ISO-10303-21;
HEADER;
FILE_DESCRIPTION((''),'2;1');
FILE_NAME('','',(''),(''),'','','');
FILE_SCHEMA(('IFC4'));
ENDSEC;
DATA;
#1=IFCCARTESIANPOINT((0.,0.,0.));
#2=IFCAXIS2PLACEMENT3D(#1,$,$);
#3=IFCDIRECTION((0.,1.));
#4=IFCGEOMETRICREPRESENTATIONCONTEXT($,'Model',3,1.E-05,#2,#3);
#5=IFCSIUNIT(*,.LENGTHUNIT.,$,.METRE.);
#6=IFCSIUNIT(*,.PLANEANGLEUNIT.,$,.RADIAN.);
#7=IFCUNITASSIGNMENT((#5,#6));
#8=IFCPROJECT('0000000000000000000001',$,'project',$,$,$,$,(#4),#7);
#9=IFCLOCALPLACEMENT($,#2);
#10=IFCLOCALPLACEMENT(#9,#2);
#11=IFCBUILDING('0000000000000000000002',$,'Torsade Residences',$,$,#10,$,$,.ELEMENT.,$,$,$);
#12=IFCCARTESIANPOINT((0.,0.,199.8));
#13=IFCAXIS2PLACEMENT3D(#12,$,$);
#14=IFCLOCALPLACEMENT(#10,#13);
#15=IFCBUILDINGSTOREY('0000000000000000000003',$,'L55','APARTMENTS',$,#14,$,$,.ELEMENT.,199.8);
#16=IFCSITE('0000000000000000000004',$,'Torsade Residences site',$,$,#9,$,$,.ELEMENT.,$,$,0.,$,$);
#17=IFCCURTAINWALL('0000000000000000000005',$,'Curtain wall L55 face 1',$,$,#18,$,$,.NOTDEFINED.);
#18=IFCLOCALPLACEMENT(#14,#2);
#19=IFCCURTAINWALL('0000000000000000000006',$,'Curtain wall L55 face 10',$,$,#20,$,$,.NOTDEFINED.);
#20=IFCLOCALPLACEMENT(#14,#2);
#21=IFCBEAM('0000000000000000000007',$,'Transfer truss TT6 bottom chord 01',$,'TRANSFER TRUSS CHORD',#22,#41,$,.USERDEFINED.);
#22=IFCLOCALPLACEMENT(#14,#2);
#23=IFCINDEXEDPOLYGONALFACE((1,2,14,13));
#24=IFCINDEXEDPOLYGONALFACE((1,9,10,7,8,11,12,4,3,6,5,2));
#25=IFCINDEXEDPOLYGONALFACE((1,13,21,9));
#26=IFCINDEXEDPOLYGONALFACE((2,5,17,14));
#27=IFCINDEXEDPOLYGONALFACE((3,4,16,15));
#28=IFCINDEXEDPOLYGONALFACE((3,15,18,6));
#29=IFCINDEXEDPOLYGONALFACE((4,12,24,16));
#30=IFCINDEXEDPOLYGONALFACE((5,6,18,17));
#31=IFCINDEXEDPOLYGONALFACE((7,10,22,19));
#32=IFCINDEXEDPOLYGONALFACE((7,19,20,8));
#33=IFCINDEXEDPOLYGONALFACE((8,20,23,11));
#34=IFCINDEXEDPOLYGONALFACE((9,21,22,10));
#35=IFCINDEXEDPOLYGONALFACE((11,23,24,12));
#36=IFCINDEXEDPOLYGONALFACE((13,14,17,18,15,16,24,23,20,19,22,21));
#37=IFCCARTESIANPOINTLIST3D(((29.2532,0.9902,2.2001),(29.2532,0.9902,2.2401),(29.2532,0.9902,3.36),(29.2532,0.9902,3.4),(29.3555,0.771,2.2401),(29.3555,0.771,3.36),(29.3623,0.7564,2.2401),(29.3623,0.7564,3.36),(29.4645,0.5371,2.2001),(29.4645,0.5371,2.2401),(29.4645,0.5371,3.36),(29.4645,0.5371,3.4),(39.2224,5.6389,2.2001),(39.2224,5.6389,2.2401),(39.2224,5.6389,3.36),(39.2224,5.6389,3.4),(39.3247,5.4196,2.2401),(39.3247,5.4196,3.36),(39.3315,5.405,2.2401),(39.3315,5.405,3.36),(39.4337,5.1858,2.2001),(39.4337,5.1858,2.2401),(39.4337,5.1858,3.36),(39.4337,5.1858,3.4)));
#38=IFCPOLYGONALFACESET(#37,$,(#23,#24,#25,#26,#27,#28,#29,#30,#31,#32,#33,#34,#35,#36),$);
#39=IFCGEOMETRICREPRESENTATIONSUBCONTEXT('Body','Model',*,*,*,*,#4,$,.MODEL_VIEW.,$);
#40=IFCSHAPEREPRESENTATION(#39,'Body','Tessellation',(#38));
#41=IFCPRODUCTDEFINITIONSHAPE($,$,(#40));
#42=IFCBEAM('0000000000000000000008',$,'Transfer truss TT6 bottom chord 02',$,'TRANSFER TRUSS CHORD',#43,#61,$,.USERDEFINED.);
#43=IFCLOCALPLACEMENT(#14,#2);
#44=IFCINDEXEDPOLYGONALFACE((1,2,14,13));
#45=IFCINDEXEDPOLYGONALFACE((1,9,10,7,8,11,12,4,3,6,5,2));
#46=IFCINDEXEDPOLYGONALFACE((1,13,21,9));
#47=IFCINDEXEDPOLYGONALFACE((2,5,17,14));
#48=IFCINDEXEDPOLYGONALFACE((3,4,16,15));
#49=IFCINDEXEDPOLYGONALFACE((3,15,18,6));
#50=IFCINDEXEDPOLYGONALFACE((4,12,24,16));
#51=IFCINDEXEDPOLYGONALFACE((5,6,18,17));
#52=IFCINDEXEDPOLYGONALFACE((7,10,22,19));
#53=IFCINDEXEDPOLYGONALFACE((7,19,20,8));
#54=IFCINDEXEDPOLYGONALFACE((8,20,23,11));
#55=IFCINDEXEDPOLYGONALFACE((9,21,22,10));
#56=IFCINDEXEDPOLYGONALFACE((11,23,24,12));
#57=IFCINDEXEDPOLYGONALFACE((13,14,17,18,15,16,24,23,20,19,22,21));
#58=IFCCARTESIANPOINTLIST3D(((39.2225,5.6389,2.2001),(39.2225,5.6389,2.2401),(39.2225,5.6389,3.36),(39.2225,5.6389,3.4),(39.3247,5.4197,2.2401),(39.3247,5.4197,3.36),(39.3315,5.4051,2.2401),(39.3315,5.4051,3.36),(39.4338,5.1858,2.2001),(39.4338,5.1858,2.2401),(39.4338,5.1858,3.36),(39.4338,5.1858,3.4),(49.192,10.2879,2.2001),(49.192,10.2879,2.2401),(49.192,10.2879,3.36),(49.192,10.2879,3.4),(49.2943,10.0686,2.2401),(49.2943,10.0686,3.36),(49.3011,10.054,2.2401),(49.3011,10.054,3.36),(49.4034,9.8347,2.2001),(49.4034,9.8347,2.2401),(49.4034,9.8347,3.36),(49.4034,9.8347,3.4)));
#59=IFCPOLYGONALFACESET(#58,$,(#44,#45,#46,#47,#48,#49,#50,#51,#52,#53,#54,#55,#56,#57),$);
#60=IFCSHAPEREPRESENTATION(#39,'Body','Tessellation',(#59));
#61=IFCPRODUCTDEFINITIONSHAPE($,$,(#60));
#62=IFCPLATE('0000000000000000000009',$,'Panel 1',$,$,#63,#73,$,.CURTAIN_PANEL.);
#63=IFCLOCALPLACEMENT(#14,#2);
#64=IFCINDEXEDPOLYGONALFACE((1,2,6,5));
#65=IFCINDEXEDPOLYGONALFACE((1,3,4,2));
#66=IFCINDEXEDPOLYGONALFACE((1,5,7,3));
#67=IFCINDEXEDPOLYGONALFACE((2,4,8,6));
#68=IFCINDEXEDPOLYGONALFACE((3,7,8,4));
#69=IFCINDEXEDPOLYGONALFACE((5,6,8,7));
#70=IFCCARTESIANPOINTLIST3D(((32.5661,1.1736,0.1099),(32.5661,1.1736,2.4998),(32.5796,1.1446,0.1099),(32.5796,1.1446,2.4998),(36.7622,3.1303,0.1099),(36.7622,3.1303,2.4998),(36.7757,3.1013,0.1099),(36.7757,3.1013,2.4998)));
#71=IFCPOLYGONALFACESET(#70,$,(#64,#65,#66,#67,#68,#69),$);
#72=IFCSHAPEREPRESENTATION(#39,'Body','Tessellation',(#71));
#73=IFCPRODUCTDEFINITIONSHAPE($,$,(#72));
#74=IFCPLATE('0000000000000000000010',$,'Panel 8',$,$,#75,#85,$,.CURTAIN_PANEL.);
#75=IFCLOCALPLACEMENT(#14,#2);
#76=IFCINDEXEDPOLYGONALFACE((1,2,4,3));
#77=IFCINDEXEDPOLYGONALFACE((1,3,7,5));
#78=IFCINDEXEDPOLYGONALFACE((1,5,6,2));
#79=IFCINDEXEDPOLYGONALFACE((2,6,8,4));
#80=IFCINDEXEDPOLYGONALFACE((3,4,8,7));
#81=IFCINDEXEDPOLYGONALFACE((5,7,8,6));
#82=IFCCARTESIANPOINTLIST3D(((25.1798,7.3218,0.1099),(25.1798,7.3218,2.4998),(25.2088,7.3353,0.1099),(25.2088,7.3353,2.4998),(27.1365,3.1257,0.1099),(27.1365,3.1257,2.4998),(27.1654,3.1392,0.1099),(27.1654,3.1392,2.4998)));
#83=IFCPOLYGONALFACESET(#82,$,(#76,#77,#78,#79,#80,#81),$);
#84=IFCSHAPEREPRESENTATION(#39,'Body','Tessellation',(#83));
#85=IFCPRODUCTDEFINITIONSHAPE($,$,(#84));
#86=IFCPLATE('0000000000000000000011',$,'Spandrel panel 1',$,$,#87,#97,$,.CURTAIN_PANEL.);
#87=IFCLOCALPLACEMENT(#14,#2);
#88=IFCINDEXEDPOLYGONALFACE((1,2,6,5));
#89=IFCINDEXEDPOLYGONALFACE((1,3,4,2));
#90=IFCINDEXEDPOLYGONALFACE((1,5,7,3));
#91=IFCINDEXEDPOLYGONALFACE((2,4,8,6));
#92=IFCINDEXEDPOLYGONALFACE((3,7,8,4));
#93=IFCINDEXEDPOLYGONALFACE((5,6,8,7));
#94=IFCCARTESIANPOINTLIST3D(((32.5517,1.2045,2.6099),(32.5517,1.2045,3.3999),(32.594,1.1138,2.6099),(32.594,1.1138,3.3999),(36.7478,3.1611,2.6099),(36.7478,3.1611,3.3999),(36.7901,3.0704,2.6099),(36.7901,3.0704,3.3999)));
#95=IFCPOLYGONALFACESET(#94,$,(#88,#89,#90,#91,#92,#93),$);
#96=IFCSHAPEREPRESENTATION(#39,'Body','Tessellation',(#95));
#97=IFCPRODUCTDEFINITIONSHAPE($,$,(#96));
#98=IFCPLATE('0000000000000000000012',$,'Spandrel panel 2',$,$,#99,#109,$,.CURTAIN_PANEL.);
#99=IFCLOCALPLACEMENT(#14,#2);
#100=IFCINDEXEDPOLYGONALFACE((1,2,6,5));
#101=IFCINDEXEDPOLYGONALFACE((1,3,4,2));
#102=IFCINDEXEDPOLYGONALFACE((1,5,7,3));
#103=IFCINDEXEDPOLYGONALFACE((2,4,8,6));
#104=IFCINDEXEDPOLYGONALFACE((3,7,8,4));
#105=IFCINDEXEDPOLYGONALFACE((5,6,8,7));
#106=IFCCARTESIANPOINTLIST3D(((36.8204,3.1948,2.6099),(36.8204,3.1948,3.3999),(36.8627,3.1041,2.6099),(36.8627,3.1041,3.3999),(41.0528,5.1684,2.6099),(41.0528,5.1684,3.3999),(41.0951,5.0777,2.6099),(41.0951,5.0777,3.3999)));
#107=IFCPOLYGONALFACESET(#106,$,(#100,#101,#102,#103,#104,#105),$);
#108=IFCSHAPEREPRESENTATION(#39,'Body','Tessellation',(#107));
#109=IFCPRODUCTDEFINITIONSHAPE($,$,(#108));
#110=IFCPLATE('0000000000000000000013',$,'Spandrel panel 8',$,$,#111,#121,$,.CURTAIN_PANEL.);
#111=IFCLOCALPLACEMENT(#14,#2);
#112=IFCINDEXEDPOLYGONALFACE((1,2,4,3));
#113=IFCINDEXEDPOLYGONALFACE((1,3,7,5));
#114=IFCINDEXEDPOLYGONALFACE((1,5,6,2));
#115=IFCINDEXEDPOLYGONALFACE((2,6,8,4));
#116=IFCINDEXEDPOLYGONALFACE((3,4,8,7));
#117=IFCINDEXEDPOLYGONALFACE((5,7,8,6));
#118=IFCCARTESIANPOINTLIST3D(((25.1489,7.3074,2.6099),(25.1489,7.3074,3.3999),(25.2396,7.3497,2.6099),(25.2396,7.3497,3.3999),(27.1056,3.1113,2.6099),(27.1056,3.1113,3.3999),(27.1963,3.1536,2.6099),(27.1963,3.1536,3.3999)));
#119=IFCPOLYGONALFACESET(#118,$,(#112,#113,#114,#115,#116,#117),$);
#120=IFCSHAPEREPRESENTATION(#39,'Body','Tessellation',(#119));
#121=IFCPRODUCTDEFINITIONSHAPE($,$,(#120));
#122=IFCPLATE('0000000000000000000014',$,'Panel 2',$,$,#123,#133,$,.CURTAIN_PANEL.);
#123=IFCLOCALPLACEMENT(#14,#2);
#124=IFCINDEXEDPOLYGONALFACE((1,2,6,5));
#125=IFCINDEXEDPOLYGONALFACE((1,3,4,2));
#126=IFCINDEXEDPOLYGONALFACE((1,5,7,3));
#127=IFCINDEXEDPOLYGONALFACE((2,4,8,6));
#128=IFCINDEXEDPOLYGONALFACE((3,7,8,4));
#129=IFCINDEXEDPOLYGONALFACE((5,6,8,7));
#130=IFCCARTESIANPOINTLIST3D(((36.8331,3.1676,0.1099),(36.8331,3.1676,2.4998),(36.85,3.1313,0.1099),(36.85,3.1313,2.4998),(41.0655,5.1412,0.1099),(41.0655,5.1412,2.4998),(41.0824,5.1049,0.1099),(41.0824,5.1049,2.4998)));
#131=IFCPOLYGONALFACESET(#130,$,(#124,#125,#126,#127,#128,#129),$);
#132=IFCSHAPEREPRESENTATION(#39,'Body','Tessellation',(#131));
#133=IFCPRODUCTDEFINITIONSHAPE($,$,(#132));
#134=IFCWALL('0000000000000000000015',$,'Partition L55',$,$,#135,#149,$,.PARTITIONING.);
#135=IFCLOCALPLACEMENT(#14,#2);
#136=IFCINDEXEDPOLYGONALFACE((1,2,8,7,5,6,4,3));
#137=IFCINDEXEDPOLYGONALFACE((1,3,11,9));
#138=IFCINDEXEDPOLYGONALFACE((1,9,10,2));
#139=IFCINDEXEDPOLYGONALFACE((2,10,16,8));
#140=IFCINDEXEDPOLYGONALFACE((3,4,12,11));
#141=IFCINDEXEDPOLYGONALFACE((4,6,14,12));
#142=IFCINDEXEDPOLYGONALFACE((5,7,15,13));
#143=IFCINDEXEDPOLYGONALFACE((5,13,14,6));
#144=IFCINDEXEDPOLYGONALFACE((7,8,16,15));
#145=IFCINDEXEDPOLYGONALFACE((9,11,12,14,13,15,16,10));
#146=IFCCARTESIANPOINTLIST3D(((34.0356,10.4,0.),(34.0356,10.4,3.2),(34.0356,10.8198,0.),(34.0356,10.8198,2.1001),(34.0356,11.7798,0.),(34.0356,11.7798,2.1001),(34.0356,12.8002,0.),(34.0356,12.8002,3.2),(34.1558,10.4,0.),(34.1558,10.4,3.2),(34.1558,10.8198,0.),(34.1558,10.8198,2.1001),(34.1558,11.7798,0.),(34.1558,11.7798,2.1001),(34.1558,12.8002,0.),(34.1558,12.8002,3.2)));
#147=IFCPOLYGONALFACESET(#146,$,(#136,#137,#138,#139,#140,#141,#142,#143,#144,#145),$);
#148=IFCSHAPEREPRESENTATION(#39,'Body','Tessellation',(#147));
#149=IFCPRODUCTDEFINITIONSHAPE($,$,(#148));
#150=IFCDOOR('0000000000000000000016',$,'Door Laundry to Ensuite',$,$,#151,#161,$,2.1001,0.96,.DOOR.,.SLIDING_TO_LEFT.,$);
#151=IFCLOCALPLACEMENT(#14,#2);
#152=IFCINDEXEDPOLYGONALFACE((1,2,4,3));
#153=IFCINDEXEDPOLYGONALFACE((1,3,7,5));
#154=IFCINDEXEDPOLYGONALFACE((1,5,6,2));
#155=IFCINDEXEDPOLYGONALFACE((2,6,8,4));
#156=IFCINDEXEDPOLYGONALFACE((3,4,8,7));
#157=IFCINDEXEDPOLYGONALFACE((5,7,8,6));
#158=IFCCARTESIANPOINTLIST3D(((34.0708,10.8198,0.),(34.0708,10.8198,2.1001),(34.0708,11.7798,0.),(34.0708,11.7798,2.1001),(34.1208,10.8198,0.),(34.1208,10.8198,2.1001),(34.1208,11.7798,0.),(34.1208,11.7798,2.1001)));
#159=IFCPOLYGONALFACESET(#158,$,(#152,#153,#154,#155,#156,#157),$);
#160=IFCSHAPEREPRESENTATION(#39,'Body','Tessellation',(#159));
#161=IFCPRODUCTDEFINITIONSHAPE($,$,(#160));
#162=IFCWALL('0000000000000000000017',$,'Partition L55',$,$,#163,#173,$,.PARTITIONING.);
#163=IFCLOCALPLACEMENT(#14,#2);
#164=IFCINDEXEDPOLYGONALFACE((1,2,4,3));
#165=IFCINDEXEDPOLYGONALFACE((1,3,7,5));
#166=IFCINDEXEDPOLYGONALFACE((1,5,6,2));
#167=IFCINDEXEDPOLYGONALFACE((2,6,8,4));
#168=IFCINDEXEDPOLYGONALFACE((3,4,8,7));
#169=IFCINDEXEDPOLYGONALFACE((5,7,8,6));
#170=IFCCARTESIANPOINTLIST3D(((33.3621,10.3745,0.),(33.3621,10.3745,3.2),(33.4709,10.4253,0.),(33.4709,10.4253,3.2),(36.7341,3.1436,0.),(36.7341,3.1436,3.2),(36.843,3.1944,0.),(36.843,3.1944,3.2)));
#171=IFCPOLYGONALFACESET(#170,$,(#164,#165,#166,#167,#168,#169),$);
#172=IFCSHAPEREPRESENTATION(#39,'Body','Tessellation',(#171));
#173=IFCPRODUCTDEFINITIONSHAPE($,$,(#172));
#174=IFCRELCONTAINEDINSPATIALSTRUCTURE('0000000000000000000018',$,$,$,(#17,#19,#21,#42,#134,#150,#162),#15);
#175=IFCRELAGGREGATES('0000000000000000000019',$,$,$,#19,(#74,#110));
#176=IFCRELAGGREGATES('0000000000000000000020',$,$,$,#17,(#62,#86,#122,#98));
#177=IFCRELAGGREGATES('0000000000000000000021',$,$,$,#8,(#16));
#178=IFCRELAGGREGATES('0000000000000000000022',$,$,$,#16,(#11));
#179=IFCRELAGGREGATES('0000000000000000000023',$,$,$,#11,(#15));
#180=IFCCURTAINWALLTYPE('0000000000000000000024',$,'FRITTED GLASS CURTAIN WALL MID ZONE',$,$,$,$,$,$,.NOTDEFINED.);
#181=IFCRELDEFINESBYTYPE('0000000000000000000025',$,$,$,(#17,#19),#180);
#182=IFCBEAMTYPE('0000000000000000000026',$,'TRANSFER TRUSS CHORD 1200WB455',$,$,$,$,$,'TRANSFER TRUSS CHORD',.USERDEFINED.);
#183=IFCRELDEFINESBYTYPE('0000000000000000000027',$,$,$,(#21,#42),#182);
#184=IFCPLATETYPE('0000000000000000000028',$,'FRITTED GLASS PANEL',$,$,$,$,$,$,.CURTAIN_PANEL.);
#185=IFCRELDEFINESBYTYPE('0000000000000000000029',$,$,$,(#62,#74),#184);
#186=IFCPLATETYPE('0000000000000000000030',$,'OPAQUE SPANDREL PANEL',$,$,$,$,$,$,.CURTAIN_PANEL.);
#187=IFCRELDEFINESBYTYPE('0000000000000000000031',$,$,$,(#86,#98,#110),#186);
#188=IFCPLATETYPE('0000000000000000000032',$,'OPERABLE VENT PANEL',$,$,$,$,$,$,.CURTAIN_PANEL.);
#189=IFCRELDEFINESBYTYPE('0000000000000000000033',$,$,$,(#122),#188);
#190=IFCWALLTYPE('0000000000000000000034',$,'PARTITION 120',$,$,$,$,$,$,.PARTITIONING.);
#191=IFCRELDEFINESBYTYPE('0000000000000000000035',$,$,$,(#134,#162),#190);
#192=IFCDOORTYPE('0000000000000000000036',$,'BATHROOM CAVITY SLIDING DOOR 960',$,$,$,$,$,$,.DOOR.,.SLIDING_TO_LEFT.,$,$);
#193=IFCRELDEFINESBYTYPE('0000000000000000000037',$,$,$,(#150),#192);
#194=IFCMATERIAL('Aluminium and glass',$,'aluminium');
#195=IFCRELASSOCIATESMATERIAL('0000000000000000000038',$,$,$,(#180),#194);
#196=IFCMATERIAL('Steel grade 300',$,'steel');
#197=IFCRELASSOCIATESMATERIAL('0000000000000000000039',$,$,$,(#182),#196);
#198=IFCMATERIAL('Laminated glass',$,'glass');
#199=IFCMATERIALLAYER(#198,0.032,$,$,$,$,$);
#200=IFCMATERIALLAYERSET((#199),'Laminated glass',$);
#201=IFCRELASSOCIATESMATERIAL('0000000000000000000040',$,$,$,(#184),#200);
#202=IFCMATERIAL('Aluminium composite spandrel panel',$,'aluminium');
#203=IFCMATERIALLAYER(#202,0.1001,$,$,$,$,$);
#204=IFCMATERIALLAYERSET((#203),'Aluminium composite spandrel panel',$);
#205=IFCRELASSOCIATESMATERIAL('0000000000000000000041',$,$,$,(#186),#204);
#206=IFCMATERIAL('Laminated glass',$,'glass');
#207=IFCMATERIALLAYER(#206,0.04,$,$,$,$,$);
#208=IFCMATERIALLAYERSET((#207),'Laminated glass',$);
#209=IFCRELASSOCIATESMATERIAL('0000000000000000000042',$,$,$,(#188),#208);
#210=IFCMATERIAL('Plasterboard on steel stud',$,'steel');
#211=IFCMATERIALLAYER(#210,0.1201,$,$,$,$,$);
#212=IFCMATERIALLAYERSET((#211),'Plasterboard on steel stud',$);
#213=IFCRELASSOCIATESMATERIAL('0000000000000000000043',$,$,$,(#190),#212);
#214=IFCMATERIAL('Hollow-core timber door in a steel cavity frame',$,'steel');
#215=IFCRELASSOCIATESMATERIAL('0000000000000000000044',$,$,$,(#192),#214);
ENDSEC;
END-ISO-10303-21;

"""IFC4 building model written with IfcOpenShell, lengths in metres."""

from ifc_helpers import new_model, si_unit, direction, frame, frame_2d, origin, origin_2d, place, context, subcontext, project, spatial, rectangle, i_section, extrude, material, layer, layer_set, material_profile, profile_set, type_object, element, fill, aggregate, save


model = new_model("IFC4")

# Units and contexts
model_context = context("Model", 3, precision=1e-05, world=origin(), true_north=direction((0.0, 1.0)))
body_context = subcontext(model_context, "Body", "Model", "MODEL_VIEW")
ifc_project = project(units=[si_unit("LENGTHUNIT", "METRE"), si_unit("PLANEANGLEUNIT", "RADIAN")], contexts=[model_context])

# Site, building, storey
site_placement = place(None, origin())
site = spatial("IfcSite", under=ifc_project, at=site_placement, Name="Torsade Residences site", CompositionType="ELEMENT", RefElevation=0.0)
building_placement = place(site_placement, origin())
building = spatial("IfcBuilding", under=site, at=building_placement, Name="Torsade Residences", CompositionType="ELEMENT")
storey_placement = place(building_placement, frame((0.0, 0.0, 199.8)))
storey = spatial("IfcBuildingStorey", under=building, at=storey_placement, Name="L55", Description="APARTMENTS", CompositionType="ELEMENT", Elevation=199.8)

# Curtain wall
ifc_material_1 = material(Name="Aluminium and glass", Category="aluminium")
curtain_wall_type = type_object("IfcCurtainWallType", Name="FRITTED GLASS CURTAIN WALL MID ZONE", PredefinedType="NOTDEFINED", material=ifc_material_1)
curtain_wall_1_placement = place(storey_placement, origin())
curtain_wall_1 = element("IfcCurtainWall", 1, at=curtain_wall_1_placement, inside=storey, type_object=curtain_wall_type, Name="Curtain wall L55 face 1", PredefinedType="NOTDEFINED")

# Curtain wall
curtain_wall_2_placement = place(storey_placement, origin())
curtain_wall_2 = element("IfcCurtainWall", 2, at=curtain_wall_2_placement, inside=storey, type_object=curtain_wall_type, Name="Curtain wall L55 face 10", PredefinedType="NOTDEFINED")

# Beams
ifc_material_2 = material(Name="Steel grade 300", Category="steel")
ifc_material_profile_1 = material_profile(ifc_material_2, i_section(OverallWidth=0.5, OverallDepth=1.2, WebThickness=0.0161, FlangeThickness=0.04, at=origin_2d()), Name="1200WB455")
ifc_profile_set_1 = profile_set([ifc_material_profile_1], Name="Steel grade 300")
beam_type_1 = type_object("IfcBeamType", Name="TRANSFER TRUSS CHORD 1200WB455", ElementType="TRANSFER TRUSS CHORD", PredefinedType="USERDEFINED", material=ifc_profile_set_1)
beam_1_placement = place(storey_placement, frame((29.3589, 0.7637, 2.8), z_axis=(0.90631, 0.422614, 0.0), x_axis=(-0.422614, 0.90631, 0.0)))
element("IfcBeam", 3, at=beam_1_placement, inside=storey, type_object=beam_type_1, Name="Transfer truss TT6 bottom chord 01", ObjectType="TRANSFER TRUSS CHORD", PredefinedType="USERDEFINED", context=body_context, shape_type="SweptSolid", body=[
    extrude(i_section(OverallWidth=0.5, OverallDepth=1.2, WebThickness=0.0161, FlangeThickness=0.04, at=origin_2d()), origin(), (0.0, 0.0, 1.0), 10.9998),
])
beam_2_placement = place(storey_placement, frame((39.3281, 5.4124, 2.8), z_axis=(0.906305, 0.422624, 0.0), x_axis=(-0.422624, 0.906305, 0.0)))
element("IfcBeam", 4, at=beam_2_placement, inside=storey, type_object=beam_type_1, Name="Transfer truss TT6 bottom chord 02", ObjectType="TRANSFER TRUSS CHORD", PredefinedType="USERDEFINED", context=body_context, shape_type="SweptSolid", body=[
    extrude(i_section(OverallWidth=0.5, OverallDepth=1.2, WebThickness=0.0161, FlangeThickness=0.04, at=origin_2d()), origin(), (0.0, 0.0, 1.0), 11.0002),
])

# Plates
ifc_material_3 = material(Name="Laminated glass", Category="glass")
ifc_layer_1 = layer(ifc_material_3, 0.032)
ifc_layer_set_1 = layer_set([ifc_layer_1], Name="Laminated glass")
plate_type_1 = type_object("IfcPlateType", Name="FRITTED GLASS PANEL", PredefinedType="CURTAIN_PANEL", material=ifc_layer_set_1)
plate_1_placement = place(storey_placement, frame((34.6709, 2.1375, 0.1099), z_axis=(0.0, 0.0, 1.0), x_axis=(0.906308, 0.422618, 0.0)))
plate_1 = element("IfcPlate", 5, at=plate_1_placement, type_object=plate_type_1, Name="Panel 1", PredefinedType="CURTAIN_PANEL", context=body_context, shape_type="SweptSolid", body=[
    extrude(rectangle(XDim=4.6299, YDim=0.032, at=origin_2d()), origin(), (0.0, 0.0, 1.0), 2.3899),
])
plate_2_placement = place(storey_placement, frame((26.1726, 5.2305, 0.1099), z_axis=(0.0, 0.0, 1.0), x_axis=(0.422618, -0.906308, 0.0)))
plate_2 = element("IfcPlate", 6, at=plate_2_placement, type_object=plate_type_1, Name="Panel 8", PredefinedType="CURTAIN_PANEL", context=body_context, shape_type="SweptSolid", body=[
    extrude(rectangle(XDim=4.6299, YDim=0.032, at=origin_2d()), origin(), (0.0, 0.0, 1.0), 2.3899),
])
ifc_material_4 = material(Name="Aluminium composite spandrel panel", Category="aluminium")
ifc_layer_2 = layer(ifc_material_4, 0.1001)
ifc_layer_set_2 = layer_set([ifc_layer_2], Name="Aluminium composite spandrel panel")
plate_type_2 = type_object("IfcPlateType", Name="OPAQUE SPANDREL PANEL", PredefinedType="CURTAIN_PANEL", material=ifc_layer_set_2)
plate_3_placement = place(storey_placement, frame((34.6709, 2.1375, 2.6099), z_axis=(0.0, 0.0, 1.0), x_axis=(0.906308, 0.422618, 0.0)))
plate_3 = element("IfcPlate", 7, at=plate_3_placement, type_object=plate_type_2, Name="Spandrel panel 1", PredefinedType="CURTAIN_PANEL", context=body_context, shape_type="SweptSolid", body=[
    extrude(rectangle(XDim=4.6299, YDim=0.1001, at=origin_2d()), origin(), (0.0, 0.0, 1.0), 0.79),
])
plate_4_placement = place(storey_placement, frame((38.9578, 4.1362, 2.6099), z_axis=(0.0, 0.0, 1.0), x_axis=(0.906308, 0.422618, 0.0)))
plate_4 = element("IfcPlate", 8, at=plate_4_placement, type_object=plate_type_2, Name="Spandrel panel 2", PredefinedType="CURTAIN_PANEL", context=body_context, shape_type="SweptSolid", body=[
    extrude(rectangle(XDim=4.6699, YDim=0.1001, at=origin_2d()), origin(), (0.0, 0.0, 1.0), 0.79),
])
plate_5_placement = place(storey_placement, frame((26.1726, 5.2305, 2.6099), z_axis=(0.0, 0.0, 1.0), x_axis=(0.422618, -0.906308, 0.0)))
plate_5 = element("IfcPlate", 9, at=plate_5_placement, type_object=plate_type_2, Name="Spandrel panel 8", PredefinedType="CURTAIN_PANEL", context=body_context, shape_type="SweptSolid", body=[
    extrude(rectangle(XDim=4.6299, YDim=0.1001, at=origin_2d()), origin(), (0.0, 0.0, 1.0), 0.79),
])
aggregate(curtain_wall_2, [plate_2, plate_5])
ifc_material_5 = material(Name="Laminated glass", Category="glass")
ifc_layer_3 = layer(ifc_material_5, 0.04)
ifc_layer_set_3 = layer_set([ifc_layer_3], Name="Laminated glass")
plate_type_3 = type_object("IfcPlateType", Name="OPERABLE VENT PANEL", PredefinedType="CURTAIN_PANEL", material=ifc_layer_set_3)
plate_6_placement = place(storey_placement, frame((38.9578, 4.1362, 0.1099), z_axis=(0.0, 0.0, 1.0), x_axis=(0.906308, 0.422618, 0.0)))
plate_6 = element("IfcPlate", 10, at=plate_6_placement, type_object=plate_type_3, Name="Panel 2", PredefinedType="CURTAIN_PANEL", context=body_context, shape_type="SweptSolid", body=[
    extrude(rectangle(XDim=4.6699, YDim=0.04, at=origin_2d()), origin(), (0.0, 0.0, 1.0), 2.3899),
])
aggregate(curtain_wall_1, [plate_1, plate_3, plate_6, plate_4])

# Wall, opening, door
ifc_material_6 = material(Name="Plasterboard on steel stud", Category="steel")
ifc_layer_4 = layer(ifc_material_6, 0.1201)
ifc_layer_set_4 = layer_set([ifc_layer_4], Name="Plasterboard on steel stud")
wall_type_1 = type_object("IfcWallType", Name="PARTITION 120", PredefinedType="PARTITIONING", material=ifc_layer_set_4)
wall_1_placement = place(storey_placement, frame((34.0957, 10.3999, 0.0), z_axis=(0.0, 0.0, 1.0), x_axis=(0.0, 1.0, 0.0)))
wall_1 = element("IfcWall", 11, at=wall_1_placement, inside=storey, type_object=wall_type_1, Name="Partition L55", PredefinedType="PARTITIONING", context=body_context, shape_type="SweptSolid", body=[
    extrude(rectangle(XDim=2.4001, YDim=0.1201, at=frame_2d((1.2002, 0.0))), origin(), (0.0, 0.0, 1.0), 3.2),
])
opening_1_placement = place(wall_1_placement, frame((0.4199, 0.0, 0.0)))
opening_1 = element("IfcOpeningElement", 12, at=opening_1_placement, cuts=wall_1, PredefinedType="OPENING", context=body_context, shape_type="SweptSolid", body=[
    extrude(rectangle(XDim=0.96, YDim=2.1001, at=frame_2d((0.48, 1.05))), frame((0.0, 0.0701, 0.0), z_axis=(0.0, -1.0, 0.0), x_axis=(1.0, 0.0, 0.0)), (0.0, 0.0, 1.0), 0.1401),
])
ifc_material_7 = material(Name="Hollow-core timber door in a steel cavity frame", Category="steel")
door_type_1 = type_object("IfcDoorType", Name="BATHROOM CAVITY SLIDING DOOR 960", OperationType="SLIDING_TO_LEFT", PredefinedType="DOOR", material=ifc_material_7)
door_1_placement = place(opening_1_placement, origin())
door_1 = element("IfcDoor", 13, at=door_1_placement, inside=storey, type_object=door_type_1, Name="Door Laundry to Ensuite", OperationType="SLIDING_TO_LEFT", OverallHeight=2.1001, OverallWidth=0.96, PredefinedType="DOOR", context=body_context, shape_type="SweptSolid", body=[
    extrude(rectangle(XDim=0.96, YDim=2.1001, at=frame_2d((0.48, 1.05))), frame((0.0, 0.0249, 0.0), z_axis=(0.0, -1.0, 0.0), x_axis=(1.0, 0.0, 0.0)), (0.0, 0.0, 1.0), 0.05),
])
fill(opening_1, door_1)

# Wall
wall_2_placement = place(storey_placement, frame((33.4165, 10.3999, 0.0), z_axis=(0.0, 0.0, 1.0), x_axis=(0.422641, -0.906297, 0.0)))
element("IfcWall", 14, at=wall_2_placement, inside=storey, type_object=wall_type_1, Name="Partition L55", PredefinedType="PARTITIONING", context=body_context, shape_type="SweptSolid", body=[
    extrude(rectangle(XDim=7.9785, YDim=0.1201, at=frame_2d((3.9893, 0.0))), origin(), (0.0, 0.0, 1.0), 3.2),
])

save(model, "model.ifc")
